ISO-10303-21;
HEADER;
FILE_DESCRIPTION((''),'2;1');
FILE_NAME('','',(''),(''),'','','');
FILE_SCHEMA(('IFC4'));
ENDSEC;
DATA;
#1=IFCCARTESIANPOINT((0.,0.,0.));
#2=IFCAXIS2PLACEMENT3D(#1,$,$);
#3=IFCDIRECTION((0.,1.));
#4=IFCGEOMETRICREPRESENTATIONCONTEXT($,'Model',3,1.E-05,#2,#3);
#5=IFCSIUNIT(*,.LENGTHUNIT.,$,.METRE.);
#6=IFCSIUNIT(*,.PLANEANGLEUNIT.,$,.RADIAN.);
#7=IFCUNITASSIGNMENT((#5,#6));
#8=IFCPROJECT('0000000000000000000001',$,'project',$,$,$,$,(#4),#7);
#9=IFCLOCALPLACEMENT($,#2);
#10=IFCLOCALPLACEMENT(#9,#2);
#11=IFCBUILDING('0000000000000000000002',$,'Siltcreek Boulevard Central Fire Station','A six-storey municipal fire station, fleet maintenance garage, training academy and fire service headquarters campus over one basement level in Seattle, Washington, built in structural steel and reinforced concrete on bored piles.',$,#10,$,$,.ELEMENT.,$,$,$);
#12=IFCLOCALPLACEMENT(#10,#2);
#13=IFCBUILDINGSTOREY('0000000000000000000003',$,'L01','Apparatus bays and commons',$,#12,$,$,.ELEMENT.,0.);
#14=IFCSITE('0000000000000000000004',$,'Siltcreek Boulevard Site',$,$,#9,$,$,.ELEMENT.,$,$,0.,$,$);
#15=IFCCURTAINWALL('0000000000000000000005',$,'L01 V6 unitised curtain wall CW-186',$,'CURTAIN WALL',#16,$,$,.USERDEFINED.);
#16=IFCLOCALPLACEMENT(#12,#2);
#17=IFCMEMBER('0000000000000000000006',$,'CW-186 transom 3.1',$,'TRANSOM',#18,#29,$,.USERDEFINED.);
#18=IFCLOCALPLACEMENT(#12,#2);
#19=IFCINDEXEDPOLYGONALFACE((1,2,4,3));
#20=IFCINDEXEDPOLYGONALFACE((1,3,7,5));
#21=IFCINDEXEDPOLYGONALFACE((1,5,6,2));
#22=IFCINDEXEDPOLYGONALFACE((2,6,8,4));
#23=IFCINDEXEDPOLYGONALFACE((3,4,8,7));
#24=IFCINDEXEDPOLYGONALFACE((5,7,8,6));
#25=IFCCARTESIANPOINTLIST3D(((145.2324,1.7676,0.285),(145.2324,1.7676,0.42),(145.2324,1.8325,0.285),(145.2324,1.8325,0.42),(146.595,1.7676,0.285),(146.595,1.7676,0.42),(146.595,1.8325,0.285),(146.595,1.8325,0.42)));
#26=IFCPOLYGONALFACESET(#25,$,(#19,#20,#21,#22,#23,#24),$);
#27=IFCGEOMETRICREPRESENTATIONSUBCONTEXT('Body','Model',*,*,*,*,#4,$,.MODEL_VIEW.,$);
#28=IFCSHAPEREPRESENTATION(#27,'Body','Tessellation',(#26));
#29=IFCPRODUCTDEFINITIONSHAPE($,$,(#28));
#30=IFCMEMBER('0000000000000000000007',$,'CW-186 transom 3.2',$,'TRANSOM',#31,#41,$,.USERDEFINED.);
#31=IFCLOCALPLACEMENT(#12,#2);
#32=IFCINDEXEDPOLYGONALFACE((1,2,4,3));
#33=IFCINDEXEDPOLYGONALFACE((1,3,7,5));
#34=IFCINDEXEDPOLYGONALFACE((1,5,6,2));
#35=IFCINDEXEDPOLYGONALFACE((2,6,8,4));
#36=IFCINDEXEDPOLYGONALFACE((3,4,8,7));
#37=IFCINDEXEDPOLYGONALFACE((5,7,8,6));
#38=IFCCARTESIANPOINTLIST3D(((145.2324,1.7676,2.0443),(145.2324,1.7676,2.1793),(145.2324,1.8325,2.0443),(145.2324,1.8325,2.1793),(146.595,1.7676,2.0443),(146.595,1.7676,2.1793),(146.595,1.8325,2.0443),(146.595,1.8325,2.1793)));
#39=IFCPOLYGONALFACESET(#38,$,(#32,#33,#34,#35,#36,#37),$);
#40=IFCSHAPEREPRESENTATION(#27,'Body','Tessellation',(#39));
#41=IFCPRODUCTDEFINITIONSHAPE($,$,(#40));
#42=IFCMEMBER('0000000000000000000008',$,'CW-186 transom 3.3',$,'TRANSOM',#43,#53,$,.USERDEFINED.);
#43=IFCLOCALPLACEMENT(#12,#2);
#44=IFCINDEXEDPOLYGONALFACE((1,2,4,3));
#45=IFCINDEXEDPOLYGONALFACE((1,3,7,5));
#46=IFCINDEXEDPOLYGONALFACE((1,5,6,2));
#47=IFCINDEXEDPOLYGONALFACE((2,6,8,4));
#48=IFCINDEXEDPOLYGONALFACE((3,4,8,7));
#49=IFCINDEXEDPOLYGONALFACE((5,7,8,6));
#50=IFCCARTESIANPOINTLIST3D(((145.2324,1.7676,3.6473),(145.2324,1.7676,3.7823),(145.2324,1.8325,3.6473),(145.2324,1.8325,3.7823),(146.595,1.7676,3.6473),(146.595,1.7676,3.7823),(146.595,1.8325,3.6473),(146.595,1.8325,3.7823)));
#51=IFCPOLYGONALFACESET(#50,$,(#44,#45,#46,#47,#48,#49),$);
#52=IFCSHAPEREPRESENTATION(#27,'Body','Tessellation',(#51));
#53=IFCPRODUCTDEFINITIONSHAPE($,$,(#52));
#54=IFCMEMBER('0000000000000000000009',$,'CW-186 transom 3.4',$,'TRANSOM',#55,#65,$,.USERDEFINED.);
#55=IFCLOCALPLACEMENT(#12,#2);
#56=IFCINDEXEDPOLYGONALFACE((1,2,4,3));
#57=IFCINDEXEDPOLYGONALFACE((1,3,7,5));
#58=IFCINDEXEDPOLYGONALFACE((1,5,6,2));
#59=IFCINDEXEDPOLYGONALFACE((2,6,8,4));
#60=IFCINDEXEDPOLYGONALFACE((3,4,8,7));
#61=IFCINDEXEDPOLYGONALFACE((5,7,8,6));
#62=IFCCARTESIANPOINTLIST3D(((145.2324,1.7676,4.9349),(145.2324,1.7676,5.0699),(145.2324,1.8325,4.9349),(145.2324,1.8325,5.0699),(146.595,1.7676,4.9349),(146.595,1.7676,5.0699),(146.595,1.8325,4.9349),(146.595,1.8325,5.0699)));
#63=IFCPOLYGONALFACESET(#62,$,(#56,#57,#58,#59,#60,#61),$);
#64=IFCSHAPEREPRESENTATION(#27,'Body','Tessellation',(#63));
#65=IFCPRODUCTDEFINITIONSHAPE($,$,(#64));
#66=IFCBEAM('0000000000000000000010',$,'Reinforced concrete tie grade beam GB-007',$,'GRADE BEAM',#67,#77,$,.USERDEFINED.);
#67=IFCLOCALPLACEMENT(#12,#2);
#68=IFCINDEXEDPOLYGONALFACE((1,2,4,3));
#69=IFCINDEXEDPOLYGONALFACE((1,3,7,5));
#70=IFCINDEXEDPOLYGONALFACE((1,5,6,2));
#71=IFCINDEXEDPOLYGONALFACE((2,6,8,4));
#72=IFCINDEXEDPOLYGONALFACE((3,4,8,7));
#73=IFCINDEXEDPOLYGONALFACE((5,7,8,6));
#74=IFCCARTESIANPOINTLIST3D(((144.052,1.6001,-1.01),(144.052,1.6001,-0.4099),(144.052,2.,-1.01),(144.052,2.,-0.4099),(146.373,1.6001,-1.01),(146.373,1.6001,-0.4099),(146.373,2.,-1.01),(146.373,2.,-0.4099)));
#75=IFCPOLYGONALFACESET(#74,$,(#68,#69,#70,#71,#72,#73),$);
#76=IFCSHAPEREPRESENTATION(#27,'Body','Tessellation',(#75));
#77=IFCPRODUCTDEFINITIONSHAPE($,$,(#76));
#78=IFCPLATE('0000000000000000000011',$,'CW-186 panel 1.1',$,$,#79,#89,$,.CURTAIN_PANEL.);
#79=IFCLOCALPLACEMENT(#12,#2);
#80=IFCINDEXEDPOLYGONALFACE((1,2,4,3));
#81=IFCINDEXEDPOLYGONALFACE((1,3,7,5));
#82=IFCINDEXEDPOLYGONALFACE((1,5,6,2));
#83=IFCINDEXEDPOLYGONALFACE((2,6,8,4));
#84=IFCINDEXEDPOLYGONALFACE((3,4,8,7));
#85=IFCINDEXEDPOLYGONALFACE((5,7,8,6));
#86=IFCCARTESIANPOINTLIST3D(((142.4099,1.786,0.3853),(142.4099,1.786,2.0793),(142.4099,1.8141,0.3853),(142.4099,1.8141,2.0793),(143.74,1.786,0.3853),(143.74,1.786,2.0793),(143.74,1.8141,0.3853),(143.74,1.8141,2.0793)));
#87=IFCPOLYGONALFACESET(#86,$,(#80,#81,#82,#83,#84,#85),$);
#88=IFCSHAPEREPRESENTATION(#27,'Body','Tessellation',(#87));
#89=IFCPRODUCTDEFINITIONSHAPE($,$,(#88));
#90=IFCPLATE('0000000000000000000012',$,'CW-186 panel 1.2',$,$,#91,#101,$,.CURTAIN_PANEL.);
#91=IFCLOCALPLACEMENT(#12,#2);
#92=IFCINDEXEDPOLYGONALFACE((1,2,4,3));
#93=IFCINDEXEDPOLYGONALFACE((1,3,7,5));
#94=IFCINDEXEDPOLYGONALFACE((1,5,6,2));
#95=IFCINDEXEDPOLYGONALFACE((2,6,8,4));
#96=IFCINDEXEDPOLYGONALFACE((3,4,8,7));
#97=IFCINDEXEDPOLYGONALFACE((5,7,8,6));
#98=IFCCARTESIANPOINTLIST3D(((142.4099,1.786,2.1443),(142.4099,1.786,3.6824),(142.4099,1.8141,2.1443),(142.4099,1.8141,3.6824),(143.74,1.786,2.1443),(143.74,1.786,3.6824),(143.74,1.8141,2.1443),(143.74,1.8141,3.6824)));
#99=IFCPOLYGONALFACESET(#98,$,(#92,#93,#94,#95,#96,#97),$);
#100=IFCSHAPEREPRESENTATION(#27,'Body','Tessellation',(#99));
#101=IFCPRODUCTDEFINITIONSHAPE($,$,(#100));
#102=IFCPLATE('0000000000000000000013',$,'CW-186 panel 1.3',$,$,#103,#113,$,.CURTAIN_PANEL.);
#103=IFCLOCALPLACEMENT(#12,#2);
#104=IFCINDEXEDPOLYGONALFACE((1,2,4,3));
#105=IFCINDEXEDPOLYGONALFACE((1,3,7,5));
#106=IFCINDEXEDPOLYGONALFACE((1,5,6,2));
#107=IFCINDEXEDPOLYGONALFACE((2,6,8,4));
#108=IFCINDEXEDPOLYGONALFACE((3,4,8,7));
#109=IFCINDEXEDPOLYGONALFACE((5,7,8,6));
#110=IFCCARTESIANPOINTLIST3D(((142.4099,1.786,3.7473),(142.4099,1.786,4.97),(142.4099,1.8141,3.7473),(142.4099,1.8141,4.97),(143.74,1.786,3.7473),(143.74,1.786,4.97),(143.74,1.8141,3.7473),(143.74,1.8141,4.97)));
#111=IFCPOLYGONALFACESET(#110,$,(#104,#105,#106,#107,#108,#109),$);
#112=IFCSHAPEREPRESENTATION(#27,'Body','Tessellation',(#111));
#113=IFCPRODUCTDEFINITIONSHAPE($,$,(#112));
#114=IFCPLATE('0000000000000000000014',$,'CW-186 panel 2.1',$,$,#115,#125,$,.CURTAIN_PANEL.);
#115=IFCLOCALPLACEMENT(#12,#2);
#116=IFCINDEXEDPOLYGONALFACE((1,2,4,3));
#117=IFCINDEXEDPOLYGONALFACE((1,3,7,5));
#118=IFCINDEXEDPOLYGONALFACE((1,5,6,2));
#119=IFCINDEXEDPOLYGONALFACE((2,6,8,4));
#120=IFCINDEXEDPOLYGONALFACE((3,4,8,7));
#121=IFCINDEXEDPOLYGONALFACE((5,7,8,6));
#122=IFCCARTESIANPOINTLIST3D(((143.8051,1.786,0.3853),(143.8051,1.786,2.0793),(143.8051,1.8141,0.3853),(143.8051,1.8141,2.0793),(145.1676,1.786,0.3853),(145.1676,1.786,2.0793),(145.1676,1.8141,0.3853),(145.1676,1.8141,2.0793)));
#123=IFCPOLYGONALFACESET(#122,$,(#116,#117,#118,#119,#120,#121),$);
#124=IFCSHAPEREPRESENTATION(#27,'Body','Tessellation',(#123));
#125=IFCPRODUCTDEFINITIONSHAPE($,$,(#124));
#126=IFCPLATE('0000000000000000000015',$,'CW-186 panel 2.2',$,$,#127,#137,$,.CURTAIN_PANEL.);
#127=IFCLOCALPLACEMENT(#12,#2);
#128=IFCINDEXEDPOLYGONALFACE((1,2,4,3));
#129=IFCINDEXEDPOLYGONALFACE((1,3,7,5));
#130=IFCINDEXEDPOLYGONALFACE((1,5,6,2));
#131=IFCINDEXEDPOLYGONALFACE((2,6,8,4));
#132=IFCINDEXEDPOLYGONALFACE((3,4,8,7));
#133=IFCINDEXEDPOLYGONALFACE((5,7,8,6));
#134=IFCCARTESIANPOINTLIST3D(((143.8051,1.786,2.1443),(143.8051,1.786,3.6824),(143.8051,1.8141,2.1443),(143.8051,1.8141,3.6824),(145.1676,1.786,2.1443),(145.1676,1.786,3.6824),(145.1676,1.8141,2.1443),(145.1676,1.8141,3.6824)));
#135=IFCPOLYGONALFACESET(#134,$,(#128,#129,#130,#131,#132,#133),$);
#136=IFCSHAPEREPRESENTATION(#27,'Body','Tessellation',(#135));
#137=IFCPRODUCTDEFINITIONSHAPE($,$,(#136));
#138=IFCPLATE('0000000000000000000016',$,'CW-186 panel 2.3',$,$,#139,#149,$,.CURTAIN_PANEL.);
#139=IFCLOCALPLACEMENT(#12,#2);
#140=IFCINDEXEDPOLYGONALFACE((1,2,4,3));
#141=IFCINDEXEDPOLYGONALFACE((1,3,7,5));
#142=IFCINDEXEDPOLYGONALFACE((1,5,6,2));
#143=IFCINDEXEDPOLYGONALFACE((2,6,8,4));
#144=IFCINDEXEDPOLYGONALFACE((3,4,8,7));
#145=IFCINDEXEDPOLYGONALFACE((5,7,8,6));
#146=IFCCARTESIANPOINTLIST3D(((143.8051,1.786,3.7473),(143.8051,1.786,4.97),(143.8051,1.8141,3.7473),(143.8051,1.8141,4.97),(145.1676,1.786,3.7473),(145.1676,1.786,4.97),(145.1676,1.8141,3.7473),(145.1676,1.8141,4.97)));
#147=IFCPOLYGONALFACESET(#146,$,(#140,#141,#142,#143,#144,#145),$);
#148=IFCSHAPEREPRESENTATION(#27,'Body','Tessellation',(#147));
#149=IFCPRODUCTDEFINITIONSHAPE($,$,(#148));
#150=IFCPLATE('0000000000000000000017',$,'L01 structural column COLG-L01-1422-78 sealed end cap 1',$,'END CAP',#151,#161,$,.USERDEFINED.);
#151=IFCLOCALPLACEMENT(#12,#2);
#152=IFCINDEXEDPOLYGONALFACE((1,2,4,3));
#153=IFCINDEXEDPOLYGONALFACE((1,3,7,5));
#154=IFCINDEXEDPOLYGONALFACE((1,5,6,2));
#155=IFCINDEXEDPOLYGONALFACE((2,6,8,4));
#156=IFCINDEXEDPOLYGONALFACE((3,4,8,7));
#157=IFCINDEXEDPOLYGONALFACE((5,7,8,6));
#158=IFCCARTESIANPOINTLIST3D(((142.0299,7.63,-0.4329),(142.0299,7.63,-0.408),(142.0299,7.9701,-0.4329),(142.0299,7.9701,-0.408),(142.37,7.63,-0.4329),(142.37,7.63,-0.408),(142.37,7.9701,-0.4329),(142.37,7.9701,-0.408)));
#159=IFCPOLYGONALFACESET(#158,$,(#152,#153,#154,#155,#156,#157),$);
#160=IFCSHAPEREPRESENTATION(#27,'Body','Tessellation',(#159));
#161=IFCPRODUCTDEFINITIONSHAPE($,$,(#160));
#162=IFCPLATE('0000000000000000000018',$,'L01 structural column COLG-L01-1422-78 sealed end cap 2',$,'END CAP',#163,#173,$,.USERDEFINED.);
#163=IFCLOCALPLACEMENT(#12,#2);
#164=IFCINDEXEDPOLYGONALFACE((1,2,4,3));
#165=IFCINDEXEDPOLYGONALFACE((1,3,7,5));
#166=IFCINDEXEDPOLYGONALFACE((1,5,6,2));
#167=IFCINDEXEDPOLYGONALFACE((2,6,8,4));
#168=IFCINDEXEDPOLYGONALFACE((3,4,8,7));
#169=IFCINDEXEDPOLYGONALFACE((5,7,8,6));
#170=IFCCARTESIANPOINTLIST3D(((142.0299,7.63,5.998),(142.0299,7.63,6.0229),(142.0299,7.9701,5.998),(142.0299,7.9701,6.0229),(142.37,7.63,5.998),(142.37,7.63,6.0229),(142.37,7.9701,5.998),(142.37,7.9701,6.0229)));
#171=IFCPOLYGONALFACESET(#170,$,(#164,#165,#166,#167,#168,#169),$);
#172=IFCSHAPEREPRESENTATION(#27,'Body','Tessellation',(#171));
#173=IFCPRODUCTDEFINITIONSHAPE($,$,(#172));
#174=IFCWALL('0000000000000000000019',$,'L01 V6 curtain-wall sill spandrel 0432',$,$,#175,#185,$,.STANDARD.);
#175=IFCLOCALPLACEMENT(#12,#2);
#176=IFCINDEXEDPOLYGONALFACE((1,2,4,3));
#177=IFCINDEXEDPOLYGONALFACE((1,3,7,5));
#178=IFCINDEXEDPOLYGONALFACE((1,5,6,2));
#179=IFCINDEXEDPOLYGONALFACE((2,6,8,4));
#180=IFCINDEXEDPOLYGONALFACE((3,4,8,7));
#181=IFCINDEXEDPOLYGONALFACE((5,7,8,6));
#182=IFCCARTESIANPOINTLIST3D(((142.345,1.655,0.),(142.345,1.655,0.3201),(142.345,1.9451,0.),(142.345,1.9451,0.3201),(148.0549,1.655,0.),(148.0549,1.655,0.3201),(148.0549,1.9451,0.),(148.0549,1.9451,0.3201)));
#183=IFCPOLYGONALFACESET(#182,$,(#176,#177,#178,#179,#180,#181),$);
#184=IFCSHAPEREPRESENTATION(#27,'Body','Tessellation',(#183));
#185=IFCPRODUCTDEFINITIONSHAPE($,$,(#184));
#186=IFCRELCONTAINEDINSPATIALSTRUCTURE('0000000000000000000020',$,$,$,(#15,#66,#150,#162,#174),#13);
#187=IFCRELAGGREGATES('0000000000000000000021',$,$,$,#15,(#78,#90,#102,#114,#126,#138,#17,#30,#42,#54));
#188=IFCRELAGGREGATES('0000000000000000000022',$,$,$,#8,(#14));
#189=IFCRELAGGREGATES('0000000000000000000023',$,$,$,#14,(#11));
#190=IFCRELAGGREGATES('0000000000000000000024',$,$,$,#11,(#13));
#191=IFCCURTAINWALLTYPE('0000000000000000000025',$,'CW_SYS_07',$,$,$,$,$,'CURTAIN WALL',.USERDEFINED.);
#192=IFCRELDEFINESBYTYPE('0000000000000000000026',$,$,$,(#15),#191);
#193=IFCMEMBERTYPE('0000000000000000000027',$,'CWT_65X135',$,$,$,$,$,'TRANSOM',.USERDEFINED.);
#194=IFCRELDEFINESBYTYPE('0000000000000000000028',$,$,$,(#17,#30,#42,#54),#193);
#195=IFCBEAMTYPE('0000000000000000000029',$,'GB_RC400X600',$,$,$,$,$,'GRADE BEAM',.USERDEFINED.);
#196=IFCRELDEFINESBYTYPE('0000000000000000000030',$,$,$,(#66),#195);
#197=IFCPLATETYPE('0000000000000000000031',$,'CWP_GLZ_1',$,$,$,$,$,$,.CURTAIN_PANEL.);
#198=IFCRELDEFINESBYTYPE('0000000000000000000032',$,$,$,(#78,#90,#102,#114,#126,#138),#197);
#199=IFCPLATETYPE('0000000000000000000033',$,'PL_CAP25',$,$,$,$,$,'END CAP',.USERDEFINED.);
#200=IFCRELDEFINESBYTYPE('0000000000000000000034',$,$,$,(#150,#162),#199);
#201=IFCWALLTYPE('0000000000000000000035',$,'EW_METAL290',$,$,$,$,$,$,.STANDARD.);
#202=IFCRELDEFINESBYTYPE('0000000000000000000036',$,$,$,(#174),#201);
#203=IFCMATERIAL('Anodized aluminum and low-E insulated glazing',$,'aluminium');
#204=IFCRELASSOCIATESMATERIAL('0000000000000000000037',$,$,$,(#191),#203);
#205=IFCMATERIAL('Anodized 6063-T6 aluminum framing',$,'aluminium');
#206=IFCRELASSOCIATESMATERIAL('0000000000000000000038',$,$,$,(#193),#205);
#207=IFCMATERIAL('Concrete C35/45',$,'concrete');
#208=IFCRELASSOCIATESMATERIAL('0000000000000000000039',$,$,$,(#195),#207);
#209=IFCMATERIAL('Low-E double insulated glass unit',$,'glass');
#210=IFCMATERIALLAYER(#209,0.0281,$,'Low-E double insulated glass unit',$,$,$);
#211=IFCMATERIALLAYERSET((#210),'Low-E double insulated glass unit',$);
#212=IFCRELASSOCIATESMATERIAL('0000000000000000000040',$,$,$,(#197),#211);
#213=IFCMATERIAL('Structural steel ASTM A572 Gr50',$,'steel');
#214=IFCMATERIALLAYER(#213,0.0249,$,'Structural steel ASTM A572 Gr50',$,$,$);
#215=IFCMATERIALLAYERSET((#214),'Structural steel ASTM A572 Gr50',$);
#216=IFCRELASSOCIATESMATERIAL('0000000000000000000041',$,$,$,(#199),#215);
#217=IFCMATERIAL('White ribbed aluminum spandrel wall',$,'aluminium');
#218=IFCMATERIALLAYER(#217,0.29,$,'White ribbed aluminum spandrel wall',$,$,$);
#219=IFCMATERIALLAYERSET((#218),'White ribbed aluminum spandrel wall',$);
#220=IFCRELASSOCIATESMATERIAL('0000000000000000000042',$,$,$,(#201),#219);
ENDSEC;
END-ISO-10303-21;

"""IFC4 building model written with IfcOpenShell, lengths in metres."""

from ifc_helpers import new_model, si_unit, direction, frame, frame_2d, origin, origin_2d, place, context, subcontext, project, spatial, rectangle, extrude, material, layer, layer_set, material_profile, profile_set, type_object, element, aggregate, save


model = new_model("IFC4")

# Units and contexts
model_context = context("Model", 3, precision=1e-05, world=origin(), true_north=direction((0.0, 1.0)))
body_context = subcontext(model_context, "Body", "Model", "MODEL_VIEW")
ifc_project = project(units=[si_unit("LENGTHUNIT", "METRE"), si_unit("PLANEANGLEUNIT", "RADIAN")], contexts=[model_context])

# Site, building, storey
site_placement = place(None, origin())
site = spatial("IfcSite", under=ifc_project, at=site_placement, Name="Siltcreek Boulevard Site", CompositionType="ELEMENT", RefElevation=0.0)
building_placement = place(site_placement, origin())
building = spatial("IfcBuilding", under=site, at=building_placement, Name="Siltcreek Boulevard Central Fire Station", Description="A six-storey municipal fire station, fleet maintenance garage, training academy and fire service headquarters campus over one basement level in Seattle, Washington, built in structural steel and reinforced concrete on bored piles.", CompositionType="ELEMENT")
storey_placement = place(building_placement, origin())
storey = spatial("IfcBuildingStorey", under=building, at=storey_placement, Name="L01", Description="Apparatus bays and commons", CompositionType="ELEMENT", Elevation=0.0)

# Shared definitions
ifc_material_1 = material(Name="Concrete C35/45", Category="concrete")

# Curtain wall, members
ifc_material_2 = material(Name="Anodized aluminum and low-E insulated glazing", Category="aluminium")
curtain_wall_type = type_object("IfcCurtainWallType", Name="CW_SYS_07", ElementType="CURTAIN WALL", PredefinedType="USERDEFINED", material=ifc_material_2)
curtain_wall_placement = place(storey_placement, origin())
curtain_wall = element("IfcCurtainWall", 1, at=curtain_wall_placement, inside=storey, type_object=curtain_wall_type, Name="L01 V6 unitised curtain wall CW-186", ObjectType="CURTAIN WALL", PredefinedType="USERDEFINED")
ifc_material_3 = material(Name="Anodized 6063-T6 aluminum framing", Category="aluminium")
ifc_material_profile_1 = material_profile(ifc_material_3, rectangle(XDim=0.0649, YDim=0.135, at=origin_2d()), Name="TRAN65X135")
ifc_profile_set_1 = profile_set([ifc_material_profile_1], Name="Anodized 6063-T6 aluminum framing")
member_type_1 = type_object("IfcMemberType", Name="CWT_65X135", ElementType="TRANSOM", PredefinedType="USERDEFINED", material=ifc_profile_set_1)
member_1_placement = place(storey_placement, frame((145.2324, 1.8, 0.3525), z_axis=(1.0, 0.0, 0.0), x_axis=(0.0, 1.0, 0.0)))
member_1 = element("IfcMember", 2, at=member_1_placement, type_object=member_type_1, Name="CW-186 transom 3.1", ObjectType="TRANSOM", PredefinedType="USERDEFINED", context=body_context, shape_type="SweptSolid", body=[
    extrude(rectangle(XDim=0.0649, YDim=0.135, at=origin_2d()), origin(), (0.0, 0.0, 1.0), 1.3625),
])
member_2_placement = place(storey_placement, frame((145.2324, 1.8, 2.1118), z_axis=(1.0, 0.0, 0.0), x_axis=(0.0, 1.0, 0.0)))
member_2 = element("IfcMember", 3, at=member_2_placement, type_object=member_type_1, Name="CW-186 transom 3.2", ObjectType="TRANSOM", PredefinedType="USERDEFINED", context=body_context, shape_type="SweptSolid", body=[
    extrude(rectangle(XDim=0.0649, YDim=0.135, at=origin_2d()), origin(), (0.0, 0.0, 1.0), 1.3625),
])
member_3_placement = place(storey_placement, frame((145.2324, 1.8, 3.7148), z_axis=(1.0, 0.0, 0.0), x_axis=(0.0, 1.0, 0.0)))
member_3 = element("IfcMember", 4, at=member_3_placement, type_object=member_type_1, Name="CW-186 transom 3.3", ObjectType="TRANSOM", PredefinedType="USERDEFINED", context=body_context, shape_type="SweptSolid", body=[
    extrude(rectangle(XDim=0.0649, YDim=0.135, at=origin_2d()), origin(), (0.0, 0.0, 1.0), 1.3625),
])
member_4_placement = place(storey_placement, frame((145.2324, 1.8, 5.0024), z_axis=(1.0, 0.0, 0.0), x_axis=(0.0, 1.0, 0.0)))
member_4 = element("IfcMember", 5, at=member_4_placement, type_object=member_type_1, Name="CW-186 transom 3.4", ObjectType="TRANSOM", PredefinedType="USERDEFINED", context=body_context, shape_type="SweptSolid", body=[
    extrude(rectangle(XDim=0.0649, YDim=0.135, at=origin_2d()), origin(), (0.0, 0.0, 1.0), 1.3625),
])

# Beam
ifc_material_profile_2 = material_profile(ifc_material_1, rectangle(XDim=0.3999, YDim=0.6001, at=origin_2d()), Name="RC400X600")
ifc_profile_set_2 = profile_set([ifc_material_profile_2], Name="Concrete C35/45")
beam_type = type_object("IfcBeamType", Name="GB_RC400X600", ElementType="GRADE BEAM", PredefinedType="USERDEFINED", material=ifc_profile_set_2)
beam_placement = place(storey_placement, frame((144.052, 1.8, -0.71), z_axis=(1.0, 0.0, 0.0), x_axis=(0.0, 1.0, 0.0)))
element("IfcBeam", 6, at=beam_placement, inside=storey, type_object=beam_type, Name="Reinforced concrete tie grade beam GB-007", ObjectType="GRADE BEAM", PredefinedType="USERDEFINED", context=body_context, shape_type="SweptSolid", body=[
    extrude(rectangle(XDim=0.3999, YDim=0.6001, at=origin_2d()), origin(), (0.0, 0.0, 1.0), 2.321),
])

# Plates
ifc_material_4 = material(Name="Low-E double insulated glass unit", Category="glass")
ifc_layer_1 = layer(ifc_material_4, 0.0281, Name="Low-E double insulated glass unit")
ifc_layer_set_1 = layer_set([ifc_layer_1], Name="Low-E double insulated glass unit")
plate_type_1 = type_object("IfcPlateType", Name="CWP_GLZ_1", PredefinedType="CURTAIN_PANEL", material=ifc_layer_set_1)
plate_1_placement = place(storey_placement, frame((143.075, 1.8, 0.3853), z_axis=(0.0, 0.0, 1.0), x_axis=(1.0, 0.0, 0.0)))
plate_1 = element("IfcPlate", 7, at=plate_1_placement, type_object=plate_type_1, Name="CW-186 panel 1.1", PredefinedType="CURTAIN_PANEL", context=body_context, shape_type="SweptSolid", body=[
    extrude(rectangle(XDim=1.3301, YDim=0.0281, at=origin_2d()), origin(), (0.0, 0.0, 1.0), 1.6941),
])
plate_2_placement = place(storey_placement, frame((143.075, 1.8, 2.1443), z_axis=(0.0, 0.0, 1.0), x_axis=(1.0, 0.0, 0.0)))
plate_2 = element("IfcPlate", 8, at=plate_2_placement, type_object=plate_type_1, Name="CW-186 panel 1.2", PredefinedType="CURTAIN_PANEL", context=body_context, shape_type="SweptSolid", body=[
    extrude(rectangle(XDim=1.3301, YDim=0.0281, at=origin_2d()), origin(), (0.0, 0.0, 1.0), 1.5381),
])
plate_3_placement = place(storey_placement, frame((143.075, 1.8, 3.7473), z_axis=(0.0, 0.0, 1.0), x_axis=(1.0, 0.0, 0.0)))
plate_3 = element("IfcPlate", 9, at=plate_3_placement, type_object=plate_type_1, Name="CW-186 panel 1.3", PredefinedType="CURTAIN_PANEL", context=body_context, shape_type="SweptSolid", body=[
    extrude(rectangle(XDim=1.3301, YDim=0.0281, at=origin_2d()), origin(), (0.0, 0.0, 1.0), 1.2227),
])
plate_4_placement = place(storey_placement, frame((144.4863, 1.8, 0.3853), z_axis=(0.0, 0.0, 1.0), x_axis=(1.0, 0.0, 0.0)))
plate_4 = element("IfcPlate", 10, at=plate_4_placement, type_object=plate_type_1, Name="CW-186 panel 2.1", PredefinedType="CURTAIN_PANEL", context=body_context, shape_type="SweptSolid", body=[
    extrude(rectangle(XDim=1.3625, YDim=0.0281, at=origin_2d()), origin(), (0.0, 0.0, 1.0), 1.6941),
])
plate_5_placement = place(storey_placement, frame((144.4863, 1.8, 2.1443), z_axis=(0.0, 0.0, 1.0), x_axis=(1.0, 0.0, 0.0)))
plate_5 = element("IfcPlate", 11, at=plate_5_placement, type_object=plate_type_1, Name="CW-186 panel 2.2", PredefinedType="CURTAIN_PANEL", context=body_context, shape_type="SweptSolid", body=[
    extrude(rectangle(XDim=1.3625, YDim=0.0281, at=origin_2d()), origin(), (0.0, 0.0, 1.0), 1.5381),
])
plate_6_placement = place(storey_placement, frame((144.4863, 1.8, 3.7473), z_axis=(0.0, 0.0, 1.0), x_axis=(1.0, 0.0, 0.0)))
plate_6 = element("IfcPlate", 12, at=plate_6_placement, type_object=plate_type_1, Name="CW-186 panel 2.3", PredefinedType="CURTAIN_PANEL", context=body_context, shape_type="SweptSolid", body=[
    extrude(rectangle(XDim=1.3625, YDim=0.0281, at=origin_2d()), origin(), (0.0, 0.0, 1.0), 1.2227),
])
aggregate(curtain_wall, [plate_1, plate_2, plate_3, plate_4, plate_5, plate_6, member_1, member_2, member_3, member_4])

# Plates
ifc_material_5 = material(Name="Structural steel ASTM A572 Gr50", Category="steel")
ifc_layer_2 = layer(ifc_material_5, 0.0249, Name="Structural steel ASTM A572 Gr50")
ifc_layer_set_2 = layer_set([ifc_layer_2], Name="Structural steel ASTM A572 Gr50")
plate_type_2 = type_object("IfcPlateType", Name="PL_CAP25", ElementType="END CAP", PredefinedType="USERDEFINED", material=ifc_layer_set_2)
for number, where, z_axis, x_axis, name in (
    (13, (142.2, 7.8, -0.4329), (0.0, 0.0, 1.0), (1.0, 0.0, 0.0), "L01 structural column COLG-L01-1422-78 sealed end cap 1"),
    (14, (142.2, 7.8, 5.998), (0.0, 0.0, 1.0), (1.0, 0.0, 0.0), "L01 structural column COLG-L01-1422-78 sealed end cap 2"),
):
    element("IfcPlate", number, at=place(storey_placement, frame(where, z_axis=z_axis, x_axis=x_axis)), inside=storey, type_object=plate_type_2, Name=name, ObjectType="END CAP", PredefinedType="USERDEFINED", context=body_context, shape_type="SweptSolid", body=[
        extrude(rectangle(XDim=0.3401, YDim=0.3401, at=origin_2d()), origin(), (0.0, 0.0, 1.0), 0.0249),
    ])

# Wall
ifc_material_6 = material(Name="White ribbed aluminum spandrel wall", Category="aluminium")
ifc_layer_3 = layer(ifc_material_6, 0.29, Name="White ribbed aluminum spandrel wall")
ifc_layer_set_3 = layer_set([ifc_layer_3], Name="White ribbed aluminum spandrel wall")
wall_type_1 = type_object("IfcWallType", Name="EW_METAL290", PredefinedType="STANDARD", material=ifc_layer_set_3)
wall_1_placement = place(storey_placement, frame((142.345, 1.8, 0.0), z_axis=(0.0, 0.0, 1.0), x_axis=(1.0, 0.0, 0.0)))
element("IfcWall", 15, at=wall_1_placement, inside=storey, type_object=wall_type_1, Name="L01 V6 curtain-wall sill spandrel 0432", PredefinedType="STANDARD", context=body_context, shape_type="SweptSolid", body=[
    extrude(rectangle(XDim=5.71, YDim=0.29, at=frame_2d((2.855, 0.0))), origin(), (0.0, 0.0, 1.0), 0.3201),
])

save(model, "model.ifc")
